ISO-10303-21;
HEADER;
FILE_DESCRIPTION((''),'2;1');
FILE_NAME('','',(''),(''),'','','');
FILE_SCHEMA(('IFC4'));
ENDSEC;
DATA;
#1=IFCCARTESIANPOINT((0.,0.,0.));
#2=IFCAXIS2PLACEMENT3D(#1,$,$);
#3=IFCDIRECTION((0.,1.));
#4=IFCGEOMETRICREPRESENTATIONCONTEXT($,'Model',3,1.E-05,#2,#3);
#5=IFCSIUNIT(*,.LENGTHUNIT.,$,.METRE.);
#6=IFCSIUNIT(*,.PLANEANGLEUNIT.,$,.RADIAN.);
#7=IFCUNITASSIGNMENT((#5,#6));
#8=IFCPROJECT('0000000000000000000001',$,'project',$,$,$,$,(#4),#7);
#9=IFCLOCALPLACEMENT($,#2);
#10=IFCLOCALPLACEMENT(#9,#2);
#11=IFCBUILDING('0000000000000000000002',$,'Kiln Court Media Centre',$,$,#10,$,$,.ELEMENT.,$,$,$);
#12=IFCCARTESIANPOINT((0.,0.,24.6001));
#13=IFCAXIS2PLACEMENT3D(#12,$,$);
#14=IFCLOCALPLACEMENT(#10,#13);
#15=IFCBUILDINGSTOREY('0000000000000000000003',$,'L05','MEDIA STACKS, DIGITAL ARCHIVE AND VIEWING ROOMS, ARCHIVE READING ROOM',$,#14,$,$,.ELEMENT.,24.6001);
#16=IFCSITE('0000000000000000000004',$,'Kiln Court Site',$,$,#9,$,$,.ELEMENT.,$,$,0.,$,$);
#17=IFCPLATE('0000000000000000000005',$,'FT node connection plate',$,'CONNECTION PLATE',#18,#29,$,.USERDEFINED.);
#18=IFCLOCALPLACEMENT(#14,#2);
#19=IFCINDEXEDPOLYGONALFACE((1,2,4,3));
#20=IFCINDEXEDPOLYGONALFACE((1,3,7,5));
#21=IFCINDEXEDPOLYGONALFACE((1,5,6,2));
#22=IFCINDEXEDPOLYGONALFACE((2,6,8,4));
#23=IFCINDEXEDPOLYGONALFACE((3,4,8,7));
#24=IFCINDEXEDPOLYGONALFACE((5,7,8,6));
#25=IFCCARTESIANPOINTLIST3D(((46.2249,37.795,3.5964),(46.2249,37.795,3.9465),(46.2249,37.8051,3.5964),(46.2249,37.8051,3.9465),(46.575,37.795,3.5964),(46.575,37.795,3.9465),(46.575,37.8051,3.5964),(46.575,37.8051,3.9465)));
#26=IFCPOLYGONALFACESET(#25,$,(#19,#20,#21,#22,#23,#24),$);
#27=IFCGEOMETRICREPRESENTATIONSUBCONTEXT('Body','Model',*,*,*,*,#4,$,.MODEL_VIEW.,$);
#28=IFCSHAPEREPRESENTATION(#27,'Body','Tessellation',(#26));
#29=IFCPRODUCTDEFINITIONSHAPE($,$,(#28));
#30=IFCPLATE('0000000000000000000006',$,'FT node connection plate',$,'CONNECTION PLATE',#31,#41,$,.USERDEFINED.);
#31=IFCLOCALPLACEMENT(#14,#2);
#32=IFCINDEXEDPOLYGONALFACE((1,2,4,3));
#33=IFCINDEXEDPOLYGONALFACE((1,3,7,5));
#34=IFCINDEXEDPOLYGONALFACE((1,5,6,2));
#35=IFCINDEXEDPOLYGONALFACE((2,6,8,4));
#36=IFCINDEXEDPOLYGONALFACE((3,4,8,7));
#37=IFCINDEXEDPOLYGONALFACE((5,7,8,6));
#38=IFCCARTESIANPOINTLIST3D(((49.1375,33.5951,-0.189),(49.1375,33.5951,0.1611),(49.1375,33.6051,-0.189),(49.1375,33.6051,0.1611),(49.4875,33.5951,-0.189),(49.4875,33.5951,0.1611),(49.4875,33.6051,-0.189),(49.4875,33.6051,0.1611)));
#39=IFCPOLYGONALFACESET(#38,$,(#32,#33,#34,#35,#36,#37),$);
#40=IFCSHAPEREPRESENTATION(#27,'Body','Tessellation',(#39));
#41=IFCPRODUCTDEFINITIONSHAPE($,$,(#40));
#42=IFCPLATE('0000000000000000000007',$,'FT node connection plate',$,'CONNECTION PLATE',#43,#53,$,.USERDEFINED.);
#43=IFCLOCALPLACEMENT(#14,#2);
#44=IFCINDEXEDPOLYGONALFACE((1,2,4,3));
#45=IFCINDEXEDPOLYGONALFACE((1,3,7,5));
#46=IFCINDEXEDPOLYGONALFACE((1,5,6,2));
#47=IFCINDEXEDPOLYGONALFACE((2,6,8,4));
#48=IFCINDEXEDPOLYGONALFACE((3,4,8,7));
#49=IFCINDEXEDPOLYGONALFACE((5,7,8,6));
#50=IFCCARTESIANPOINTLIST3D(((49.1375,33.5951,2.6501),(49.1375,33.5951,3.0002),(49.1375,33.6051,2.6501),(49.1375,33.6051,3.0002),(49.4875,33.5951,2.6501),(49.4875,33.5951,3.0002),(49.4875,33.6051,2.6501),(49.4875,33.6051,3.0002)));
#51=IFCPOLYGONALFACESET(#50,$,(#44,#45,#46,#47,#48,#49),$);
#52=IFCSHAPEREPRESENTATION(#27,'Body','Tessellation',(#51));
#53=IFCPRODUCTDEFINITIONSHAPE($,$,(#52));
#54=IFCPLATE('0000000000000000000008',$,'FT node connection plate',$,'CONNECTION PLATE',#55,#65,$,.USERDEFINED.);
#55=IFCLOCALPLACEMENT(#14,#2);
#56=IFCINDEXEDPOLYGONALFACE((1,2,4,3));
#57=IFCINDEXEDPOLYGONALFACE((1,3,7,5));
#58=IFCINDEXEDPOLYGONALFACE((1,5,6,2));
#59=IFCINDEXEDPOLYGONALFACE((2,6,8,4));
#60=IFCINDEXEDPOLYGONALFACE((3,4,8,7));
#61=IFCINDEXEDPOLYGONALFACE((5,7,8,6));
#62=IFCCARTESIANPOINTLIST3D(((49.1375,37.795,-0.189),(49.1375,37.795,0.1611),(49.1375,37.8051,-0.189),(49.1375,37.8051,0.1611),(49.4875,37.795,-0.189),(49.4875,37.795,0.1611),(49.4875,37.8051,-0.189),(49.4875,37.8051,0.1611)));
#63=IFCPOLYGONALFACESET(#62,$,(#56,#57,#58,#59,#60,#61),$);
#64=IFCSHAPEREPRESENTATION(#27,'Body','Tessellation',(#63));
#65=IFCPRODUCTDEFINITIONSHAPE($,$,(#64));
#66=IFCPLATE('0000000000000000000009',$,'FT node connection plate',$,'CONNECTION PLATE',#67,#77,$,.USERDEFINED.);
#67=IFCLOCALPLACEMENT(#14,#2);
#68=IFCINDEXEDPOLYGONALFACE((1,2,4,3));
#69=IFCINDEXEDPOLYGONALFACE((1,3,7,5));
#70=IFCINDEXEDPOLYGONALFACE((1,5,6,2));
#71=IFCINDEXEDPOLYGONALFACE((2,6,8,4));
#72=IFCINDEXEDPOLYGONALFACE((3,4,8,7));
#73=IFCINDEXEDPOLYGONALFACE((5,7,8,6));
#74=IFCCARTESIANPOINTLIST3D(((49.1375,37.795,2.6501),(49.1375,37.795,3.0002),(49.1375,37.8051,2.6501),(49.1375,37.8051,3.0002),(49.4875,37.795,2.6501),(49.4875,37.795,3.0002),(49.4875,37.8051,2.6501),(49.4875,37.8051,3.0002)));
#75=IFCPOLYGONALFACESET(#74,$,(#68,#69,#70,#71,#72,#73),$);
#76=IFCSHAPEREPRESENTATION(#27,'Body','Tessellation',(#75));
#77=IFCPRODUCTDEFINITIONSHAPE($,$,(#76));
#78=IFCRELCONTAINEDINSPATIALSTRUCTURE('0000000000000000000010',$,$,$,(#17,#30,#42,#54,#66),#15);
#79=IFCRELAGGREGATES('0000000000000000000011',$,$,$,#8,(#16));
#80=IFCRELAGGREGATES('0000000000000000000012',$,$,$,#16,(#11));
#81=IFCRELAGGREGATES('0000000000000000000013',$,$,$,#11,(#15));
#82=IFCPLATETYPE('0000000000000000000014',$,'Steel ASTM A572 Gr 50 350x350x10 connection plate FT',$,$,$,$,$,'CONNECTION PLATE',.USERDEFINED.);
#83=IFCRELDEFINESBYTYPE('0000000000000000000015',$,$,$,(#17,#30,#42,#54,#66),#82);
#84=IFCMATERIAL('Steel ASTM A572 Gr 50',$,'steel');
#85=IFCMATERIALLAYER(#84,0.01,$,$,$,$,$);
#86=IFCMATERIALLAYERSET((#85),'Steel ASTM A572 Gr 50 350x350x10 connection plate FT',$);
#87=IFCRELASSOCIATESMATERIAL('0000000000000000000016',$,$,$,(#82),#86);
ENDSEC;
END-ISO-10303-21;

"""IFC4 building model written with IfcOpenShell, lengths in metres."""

from ifc_helpers import new_model, si_unit, direction, frame, origin, origin_2d, place, context, subcontext, project, spatial, rectangle, extrude, material, layer, layer_set, type_object, element, save


model = new_model("IFC4")

# Units and contexts
model_context = context("Model", 3, precision=1e-05, world=origin(), true_north=direction((0.0, 1.0)))
body_context = subcontext(model_context, "Body", "Model", "MODEL_VIEW")
ifc_project = project(units=[si_unit("LENGTHUNIT", "METRE"), si_unit("PLANEANGLEUNIT", "RADIAN")], contexts=[model_context])

# Site, building, storey
site_placement = place(None, origin())
site = spatial("IfcSite", under=ifc_project, at=site_placement, Name="Kiln Court Site", CompositionType="ELEMENT", RefElevation=0.0)
building_placement = place(site_placement, origin())
building = spatial("IfcBuilding", under=site, at=building_placement, Name="Kiln Court Media Centre", CompositionType="ELEMENT")
storey_placement = place(building_placement, frame((0.0, 0.0, 24.6001)))
storey = spatial("IfcBuildingStorey", under=building, at=storey_placement, Name="L05", Description="MEDIA STACKS, DIGITAL ARCHIVE AND VIEWING ROOMS, ARCHIVE READING ROOM", CompositionType="ELEMENT", Elevation=24.6001)

# Plates
ifc_material_1 = material(Name="Steel ASTM A572 Gr 50", Category="steel")
ifc_layer_1 = layer(ifc_material_1, 0.01)
ifc_layer_set_1 = layer_set([ifc_layer_1], Name="Steel ASTM A572 Gr 50 350x350x10 connection plate FT")
plate_type_1 = type_object("IfcPlateType", Name="Steel ASTM A572 Gr 50 350x350x10 connection plate FT", ElementType="CONNECTION PLATE", PredefinedType="USERDEFINED", material=ifc_layer_set_1)
for number, where, z_axis, x_axis, name in (
    (1, (46.3999, 37.8, 3.5964), (0.0, 0.0, 1.0), (1.0, 0.0, 0.0), "FT node connection plate"),
    (2, (49.3125, 33.6001, -0.189), (0.0, 0.0, 1.0), (1.0, 0.0, 0.0), "FT node connection plate"),
    (3, (49.3125, 33.6001, 2.6501), (0.0, 0.0, 1.0), (1.0, 0.0, 0.0), "FT node connection plate"),
    (4, (49.3125, 37.8, -0.189), (0.0, 0.0, 1.0), (1.0, 0.0, 0.0), "FT node connection plate"),
    (5, (49.3125, 37.8, 2.6501), (0.0, 0.0, 1.0), (1.0, 0.0, 0.0), "FT node connection plate"),
):
    element("IfcPlate", number, at=place(storey_placement, frame(where, z_axis=z_axis, x_axis=x_axis)), inside=storey, type_object=plate_type_1, Name=name, ObjectType="CONNECTION PLATE", PredefinedType="USERDEFINED", context=body_context, shape_type="SweptSolid", body=[
        extrude(rectangle(XDim=0.3501, YDim=0.01, at=origin_2d()), origin(), (0.0, 0.0, 1.0), 0.3501),
    ])

save(model, "model.ifc")
